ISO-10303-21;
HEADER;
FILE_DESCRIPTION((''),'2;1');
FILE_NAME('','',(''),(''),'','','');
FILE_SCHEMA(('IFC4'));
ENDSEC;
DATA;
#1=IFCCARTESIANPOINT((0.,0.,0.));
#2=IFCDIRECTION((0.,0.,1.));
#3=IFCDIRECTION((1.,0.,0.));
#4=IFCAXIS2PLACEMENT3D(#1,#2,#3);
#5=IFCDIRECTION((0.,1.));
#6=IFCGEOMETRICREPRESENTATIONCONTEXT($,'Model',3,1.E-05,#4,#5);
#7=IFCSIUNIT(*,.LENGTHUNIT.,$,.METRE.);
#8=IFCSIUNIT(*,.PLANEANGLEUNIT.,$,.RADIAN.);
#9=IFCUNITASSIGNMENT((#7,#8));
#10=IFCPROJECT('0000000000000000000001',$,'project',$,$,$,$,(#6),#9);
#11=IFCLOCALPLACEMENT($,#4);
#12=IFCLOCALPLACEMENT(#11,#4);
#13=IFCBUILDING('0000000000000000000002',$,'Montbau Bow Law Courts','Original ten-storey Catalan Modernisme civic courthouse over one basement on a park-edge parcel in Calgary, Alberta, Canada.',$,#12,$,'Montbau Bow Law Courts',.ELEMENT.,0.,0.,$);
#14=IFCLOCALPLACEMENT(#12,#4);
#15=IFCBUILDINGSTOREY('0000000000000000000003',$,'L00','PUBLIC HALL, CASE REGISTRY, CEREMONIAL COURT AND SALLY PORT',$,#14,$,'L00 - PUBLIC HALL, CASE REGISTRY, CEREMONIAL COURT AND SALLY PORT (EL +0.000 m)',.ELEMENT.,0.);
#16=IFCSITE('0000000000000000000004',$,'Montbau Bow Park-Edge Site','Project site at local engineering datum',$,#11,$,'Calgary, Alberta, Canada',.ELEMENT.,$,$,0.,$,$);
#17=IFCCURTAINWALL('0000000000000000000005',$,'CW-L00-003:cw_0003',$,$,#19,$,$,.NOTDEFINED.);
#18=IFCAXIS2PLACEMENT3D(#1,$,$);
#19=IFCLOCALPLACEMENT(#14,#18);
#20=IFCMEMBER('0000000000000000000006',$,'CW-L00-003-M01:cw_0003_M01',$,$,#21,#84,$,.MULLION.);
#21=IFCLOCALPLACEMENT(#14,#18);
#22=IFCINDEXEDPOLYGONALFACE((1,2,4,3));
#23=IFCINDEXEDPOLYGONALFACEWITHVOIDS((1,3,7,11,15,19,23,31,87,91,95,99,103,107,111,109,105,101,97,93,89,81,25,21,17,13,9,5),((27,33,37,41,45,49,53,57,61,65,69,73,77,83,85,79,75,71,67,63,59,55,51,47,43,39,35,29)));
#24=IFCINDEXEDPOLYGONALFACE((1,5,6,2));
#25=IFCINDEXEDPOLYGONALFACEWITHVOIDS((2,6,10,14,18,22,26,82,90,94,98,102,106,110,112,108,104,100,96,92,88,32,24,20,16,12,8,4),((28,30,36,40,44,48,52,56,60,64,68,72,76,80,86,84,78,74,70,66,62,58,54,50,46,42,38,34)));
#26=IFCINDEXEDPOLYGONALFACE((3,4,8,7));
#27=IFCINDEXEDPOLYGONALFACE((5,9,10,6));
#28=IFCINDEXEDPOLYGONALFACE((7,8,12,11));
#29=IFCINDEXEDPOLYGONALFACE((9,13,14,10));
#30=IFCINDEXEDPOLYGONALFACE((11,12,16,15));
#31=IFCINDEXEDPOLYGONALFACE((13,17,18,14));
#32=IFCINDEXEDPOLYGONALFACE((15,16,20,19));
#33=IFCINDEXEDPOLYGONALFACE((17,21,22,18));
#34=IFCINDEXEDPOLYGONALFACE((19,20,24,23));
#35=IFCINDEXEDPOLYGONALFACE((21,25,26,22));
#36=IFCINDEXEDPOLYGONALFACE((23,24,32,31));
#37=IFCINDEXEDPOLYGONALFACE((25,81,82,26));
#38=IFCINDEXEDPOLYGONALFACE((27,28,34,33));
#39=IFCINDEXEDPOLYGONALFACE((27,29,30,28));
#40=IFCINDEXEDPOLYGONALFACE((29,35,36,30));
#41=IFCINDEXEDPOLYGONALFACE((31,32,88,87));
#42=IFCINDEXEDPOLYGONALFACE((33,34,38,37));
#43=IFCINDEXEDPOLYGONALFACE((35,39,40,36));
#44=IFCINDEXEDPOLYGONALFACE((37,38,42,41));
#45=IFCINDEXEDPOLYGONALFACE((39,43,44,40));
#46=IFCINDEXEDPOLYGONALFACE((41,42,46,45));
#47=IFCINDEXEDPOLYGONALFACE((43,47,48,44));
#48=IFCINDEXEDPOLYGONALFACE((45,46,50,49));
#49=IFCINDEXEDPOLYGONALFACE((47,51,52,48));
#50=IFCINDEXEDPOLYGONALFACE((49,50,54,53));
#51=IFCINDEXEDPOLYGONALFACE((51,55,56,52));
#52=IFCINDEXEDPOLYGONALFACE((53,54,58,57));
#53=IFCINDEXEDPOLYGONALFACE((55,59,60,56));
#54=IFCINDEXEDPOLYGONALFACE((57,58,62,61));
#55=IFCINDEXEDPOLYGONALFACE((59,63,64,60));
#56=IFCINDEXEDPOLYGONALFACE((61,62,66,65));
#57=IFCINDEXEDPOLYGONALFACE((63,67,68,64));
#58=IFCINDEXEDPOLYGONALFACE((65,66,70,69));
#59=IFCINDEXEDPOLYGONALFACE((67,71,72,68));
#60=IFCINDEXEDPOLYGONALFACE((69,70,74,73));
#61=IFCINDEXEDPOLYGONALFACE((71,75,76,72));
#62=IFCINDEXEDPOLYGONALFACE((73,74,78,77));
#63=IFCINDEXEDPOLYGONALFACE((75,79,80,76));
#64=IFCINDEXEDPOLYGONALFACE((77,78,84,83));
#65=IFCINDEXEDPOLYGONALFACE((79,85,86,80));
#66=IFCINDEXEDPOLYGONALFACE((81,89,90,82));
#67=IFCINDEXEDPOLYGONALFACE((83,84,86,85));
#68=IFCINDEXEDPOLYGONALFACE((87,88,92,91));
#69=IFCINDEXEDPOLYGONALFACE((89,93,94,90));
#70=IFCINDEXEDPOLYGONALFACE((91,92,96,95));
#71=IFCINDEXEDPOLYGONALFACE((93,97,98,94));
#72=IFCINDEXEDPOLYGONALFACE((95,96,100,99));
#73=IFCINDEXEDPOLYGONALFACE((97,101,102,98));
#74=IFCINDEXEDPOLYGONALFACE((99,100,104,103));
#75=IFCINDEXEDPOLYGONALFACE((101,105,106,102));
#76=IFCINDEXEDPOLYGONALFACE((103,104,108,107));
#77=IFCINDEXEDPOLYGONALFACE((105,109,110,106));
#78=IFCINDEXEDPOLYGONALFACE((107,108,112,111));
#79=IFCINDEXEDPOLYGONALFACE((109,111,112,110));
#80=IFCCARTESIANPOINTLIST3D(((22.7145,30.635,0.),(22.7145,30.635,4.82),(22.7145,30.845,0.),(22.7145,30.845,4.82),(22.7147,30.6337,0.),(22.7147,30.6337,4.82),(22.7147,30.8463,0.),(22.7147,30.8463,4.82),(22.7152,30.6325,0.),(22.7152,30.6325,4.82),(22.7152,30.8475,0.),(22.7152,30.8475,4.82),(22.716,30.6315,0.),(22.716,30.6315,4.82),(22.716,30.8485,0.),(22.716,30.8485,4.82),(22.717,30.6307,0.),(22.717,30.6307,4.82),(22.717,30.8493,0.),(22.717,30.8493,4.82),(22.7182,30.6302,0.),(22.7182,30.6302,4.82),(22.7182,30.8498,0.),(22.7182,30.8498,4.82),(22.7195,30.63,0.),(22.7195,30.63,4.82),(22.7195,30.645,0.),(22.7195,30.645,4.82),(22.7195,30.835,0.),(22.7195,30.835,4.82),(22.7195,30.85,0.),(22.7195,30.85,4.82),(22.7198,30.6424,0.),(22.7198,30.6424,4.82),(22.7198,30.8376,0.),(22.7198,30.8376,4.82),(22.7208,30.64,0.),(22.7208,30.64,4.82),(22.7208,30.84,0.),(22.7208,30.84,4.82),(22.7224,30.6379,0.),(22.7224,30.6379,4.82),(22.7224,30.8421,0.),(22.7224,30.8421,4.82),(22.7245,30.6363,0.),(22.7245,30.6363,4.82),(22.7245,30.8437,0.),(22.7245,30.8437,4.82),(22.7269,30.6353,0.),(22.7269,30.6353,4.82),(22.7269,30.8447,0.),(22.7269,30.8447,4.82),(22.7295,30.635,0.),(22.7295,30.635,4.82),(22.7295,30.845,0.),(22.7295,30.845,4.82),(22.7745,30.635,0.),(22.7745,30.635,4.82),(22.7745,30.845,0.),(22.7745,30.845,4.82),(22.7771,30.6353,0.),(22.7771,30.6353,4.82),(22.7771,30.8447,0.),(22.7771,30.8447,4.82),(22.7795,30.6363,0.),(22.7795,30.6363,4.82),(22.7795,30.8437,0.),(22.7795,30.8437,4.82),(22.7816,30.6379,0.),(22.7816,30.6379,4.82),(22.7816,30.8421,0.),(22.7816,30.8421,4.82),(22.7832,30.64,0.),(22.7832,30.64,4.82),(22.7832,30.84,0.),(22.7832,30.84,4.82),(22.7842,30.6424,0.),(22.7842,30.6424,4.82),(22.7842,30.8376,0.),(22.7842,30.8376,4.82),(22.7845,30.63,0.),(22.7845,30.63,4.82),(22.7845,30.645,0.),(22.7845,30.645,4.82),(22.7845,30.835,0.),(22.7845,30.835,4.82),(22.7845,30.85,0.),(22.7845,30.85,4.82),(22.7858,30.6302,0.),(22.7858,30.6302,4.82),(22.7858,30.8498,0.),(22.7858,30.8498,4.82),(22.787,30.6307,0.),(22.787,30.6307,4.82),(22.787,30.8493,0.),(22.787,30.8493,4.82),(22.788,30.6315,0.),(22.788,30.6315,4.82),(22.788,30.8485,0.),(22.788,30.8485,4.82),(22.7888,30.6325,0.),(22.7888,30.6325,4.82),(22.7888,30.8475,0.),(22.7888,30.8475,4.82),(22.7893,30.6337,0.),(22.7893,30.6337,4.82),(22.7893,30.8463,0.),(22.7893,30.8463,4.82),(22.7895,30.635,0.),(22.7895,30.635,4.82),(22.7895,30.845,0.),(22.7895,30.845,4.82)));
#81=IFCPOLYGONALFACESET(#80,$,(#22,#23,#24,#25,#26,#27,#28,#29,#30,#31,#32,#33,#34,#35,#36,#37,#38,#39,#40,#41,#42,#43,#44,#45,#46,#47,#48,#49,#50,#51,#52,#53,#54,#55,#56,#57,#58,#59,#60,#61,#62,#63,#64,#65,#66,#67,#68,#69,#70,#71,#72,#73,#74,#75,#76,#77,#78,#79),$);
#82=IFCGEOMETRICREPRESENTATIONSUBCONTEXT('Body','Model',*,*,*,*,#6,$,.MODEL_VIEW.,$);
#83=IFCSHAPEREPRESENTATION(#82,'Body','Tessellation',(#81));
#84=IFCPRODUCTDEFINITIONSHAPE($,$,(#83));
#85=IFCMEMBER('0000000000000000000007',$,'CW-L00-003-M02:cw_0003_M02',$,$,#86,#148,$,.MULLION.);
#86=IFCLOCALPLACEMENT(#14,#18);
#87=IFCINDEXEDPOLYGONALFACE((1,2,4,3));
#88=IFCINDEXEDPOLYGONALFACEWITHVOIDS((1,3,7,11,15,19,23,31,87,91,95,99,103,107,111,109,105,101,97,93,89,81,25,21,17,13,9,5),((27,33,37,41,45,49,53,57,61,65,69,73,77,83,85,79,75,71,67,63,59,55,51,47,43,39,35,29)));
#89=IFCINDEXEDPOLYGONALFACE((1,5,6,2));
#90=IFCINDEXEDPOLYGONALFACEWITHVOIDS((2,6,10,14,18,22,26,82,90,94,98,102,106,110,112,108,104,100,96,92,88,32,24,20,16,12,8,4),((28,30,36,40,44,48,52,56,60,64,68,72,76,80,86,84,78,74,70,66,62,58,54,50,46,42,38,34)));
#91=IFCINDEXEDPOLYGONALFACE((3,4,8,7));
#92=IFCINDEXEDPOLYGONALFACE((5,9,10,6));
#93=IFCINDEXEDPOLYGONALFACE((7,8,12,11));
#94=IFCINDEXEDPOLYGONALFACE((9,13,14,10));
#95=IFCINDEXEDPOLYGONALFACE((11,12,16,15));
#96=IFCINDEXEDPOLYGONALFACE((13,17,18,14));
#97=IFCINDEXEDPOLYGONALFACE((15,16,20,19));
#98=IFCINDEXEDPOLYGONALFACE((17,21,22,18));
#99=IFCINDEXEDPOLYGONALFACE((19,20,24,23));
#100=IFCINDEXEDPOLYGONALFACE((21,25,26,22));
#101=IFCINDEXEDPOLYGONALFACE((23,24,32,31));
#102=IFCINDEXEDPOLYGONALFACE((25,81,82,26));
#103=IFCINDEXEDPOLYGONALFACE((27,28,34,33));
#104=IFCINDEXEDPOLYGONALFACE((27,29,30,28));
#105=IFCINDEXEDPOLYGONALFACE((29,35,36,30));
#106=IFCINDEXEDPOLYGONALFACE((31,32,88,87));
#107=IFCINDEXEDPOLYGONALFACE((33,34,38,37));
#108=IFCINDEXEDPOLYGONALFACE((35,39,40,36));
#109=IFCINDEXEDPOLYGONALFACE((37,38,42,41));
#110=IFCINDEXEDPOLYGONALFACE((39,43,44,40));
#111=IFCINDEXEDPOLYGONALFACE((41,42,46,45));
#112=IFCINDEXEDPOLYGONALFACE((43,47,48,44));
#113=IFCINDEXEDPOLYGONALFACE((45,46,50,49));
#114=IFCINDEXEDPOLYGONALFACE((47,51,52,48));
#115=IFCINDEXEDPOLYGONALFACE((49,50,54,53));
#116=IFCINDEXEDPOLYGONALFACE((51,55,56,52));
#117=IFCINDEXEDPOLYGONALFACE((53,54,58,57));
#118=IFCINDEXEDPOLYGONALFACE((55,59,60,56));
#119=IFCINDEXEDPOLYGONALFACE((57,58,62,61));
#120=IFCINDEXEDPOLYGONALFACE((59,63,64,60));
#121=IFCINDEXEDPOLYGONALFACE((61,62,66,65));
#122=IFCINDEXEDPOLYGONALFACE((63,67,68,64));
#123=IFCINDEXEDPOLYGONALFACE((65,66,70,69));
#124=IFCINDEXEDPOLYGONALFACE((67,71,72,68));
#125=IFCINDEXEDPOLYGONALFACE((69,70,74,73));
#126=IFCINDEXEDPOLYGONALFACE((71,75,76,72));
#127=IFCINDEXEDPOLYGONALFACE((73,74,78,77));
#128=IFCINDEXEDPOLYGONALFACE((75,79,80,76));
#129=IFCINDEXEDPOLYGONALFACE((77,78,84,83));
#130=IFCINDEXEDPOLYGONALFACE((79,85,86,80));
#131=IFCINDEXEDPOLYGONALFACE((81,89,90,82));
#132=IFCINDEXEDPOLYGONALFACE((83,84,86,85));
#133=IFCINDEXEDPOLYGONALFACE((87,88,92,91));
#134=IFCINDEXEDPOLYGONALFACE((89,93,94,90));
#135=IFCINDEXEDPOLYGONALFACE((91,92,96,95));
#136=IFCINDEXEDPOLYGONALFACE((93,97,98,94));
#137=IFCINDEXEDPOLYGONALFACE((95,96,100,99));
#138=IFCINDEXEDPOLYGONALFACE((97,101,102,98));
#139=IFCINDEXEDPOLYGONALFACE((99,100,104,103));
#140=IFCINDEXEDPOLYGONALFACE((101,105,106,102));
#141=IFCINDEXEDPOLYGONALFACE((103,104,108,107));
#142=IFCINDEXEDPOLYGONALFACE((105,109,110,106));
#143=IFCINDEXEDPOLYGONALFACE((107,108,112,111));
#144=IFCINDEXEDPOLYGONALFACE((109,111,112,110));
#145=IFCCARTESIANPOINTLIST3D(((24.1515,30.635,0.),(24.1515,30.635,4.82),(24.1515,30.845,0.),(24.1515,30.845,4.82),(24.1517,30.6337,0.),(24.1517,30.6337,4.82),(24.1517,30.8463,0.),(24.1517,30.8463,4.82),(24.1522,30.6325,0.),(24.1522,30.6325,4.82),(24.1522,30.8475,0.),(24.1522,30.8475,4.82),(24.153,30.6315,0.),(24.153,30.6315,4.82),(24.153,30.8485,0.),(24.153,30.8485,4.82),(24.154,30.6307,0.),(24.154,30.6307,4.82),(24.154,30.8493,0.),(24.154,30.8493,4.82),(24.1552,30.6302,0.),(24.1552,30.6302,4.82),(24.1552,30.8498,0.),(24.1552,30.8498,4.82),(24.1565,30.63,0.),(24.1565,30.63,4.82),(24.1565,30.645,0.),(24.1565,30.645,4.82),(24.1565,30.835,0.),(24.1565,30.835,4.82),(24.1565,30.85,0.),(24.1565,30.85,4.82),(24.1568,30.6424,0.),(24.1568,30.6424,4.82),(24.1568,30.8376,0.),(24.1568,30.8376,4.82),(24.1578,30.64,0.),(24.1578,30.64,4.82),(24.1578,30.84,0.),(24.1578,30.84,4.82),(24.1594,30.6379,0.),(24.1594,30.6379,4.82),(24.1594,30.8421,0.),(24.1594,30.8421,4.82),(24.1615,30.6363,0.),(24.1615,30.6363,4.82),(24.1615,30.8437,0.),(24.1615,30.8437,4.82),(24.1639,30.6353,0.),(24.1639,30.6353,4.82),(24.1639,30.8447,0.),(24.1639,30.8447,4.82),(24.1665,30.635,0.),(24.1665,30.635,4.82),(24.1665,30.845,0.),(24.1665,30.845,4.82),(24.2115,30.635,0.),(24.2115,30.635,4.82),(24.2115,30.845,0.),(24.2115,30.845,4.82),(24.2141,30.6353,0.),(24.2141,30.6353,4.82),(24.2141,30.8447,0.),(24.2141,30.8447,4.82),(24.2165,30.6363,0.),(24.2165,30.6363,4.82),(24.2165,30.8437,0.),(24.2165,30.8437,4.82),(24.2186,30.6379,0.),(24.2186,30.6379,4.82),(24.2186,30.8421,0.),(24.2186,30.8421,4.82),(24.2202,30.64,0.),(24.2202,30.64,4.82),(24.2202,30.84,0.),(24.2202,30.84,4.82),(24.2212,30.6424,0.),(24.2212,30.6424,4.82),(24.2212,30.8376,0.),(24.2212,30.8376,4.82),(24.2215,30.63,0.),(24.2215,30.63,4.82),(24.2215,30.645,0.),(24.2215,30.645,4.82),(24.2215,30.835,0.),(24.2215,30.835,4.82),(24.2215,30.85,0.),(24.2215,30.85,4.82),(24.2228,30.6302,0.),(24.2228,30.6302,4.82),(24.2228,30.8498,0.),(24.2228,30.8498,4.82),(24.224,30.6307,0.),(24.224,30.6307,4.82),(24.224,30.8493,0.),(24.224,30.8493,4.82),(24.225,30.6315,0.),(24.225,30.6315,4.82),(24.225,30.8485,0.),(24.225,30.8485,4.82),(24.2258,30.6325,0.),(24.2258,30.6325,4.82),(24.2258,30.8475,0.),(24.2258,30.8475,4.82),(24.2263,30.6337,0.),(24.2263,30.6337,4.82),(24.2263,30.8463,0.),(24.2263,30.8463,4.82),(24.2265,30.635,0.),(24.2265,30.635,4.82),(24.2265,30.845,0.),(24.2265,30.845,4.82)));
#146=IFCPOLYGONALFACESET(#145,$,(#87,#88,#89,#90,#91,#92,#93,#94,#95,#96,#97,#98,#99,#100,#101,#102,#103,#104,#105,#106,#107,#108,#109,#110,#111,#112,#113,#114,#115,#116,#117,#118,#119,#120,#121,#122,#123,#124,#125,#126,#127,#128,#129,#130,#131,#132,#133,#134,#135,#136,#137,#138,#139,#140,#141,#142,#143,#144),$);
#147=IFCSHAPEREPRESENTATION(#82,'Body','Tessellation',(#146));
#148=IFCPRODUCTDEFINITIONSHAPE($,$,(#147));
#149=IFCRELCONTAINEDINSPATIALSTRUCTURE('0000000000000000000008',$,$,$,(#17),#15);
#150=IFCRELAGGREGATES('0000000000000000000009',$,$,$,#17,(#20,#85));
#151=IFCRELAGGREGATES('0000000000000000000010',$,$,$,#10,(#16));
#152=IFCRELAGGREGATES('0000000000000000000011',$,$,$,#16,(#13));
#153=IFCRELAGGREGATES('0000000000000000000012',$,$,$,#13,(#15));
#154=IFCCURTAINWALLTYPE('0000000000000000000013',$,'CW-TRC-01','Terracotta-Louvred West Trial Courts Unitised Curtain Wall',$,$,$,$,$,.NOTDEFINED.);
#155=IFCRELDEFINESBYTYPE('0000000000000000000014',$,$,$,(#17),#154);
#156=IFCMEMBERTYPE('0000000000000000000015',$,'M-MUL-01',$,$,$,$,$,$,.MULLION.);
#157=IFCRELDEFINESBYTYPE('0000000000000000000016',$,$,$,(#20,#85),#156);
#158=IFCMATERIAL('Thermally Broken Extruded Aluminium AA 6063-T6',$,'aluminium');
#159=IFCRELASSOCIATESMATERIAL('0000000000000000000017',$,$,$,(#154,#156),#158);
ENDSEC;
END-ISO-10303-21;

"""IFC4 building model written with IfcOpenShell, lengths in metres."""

from ifc_helpers import new_model, si_unit, direction, frame, origin_with_axes, origin_2d_with_axis, place, context, subcontext, project, spatial, hollow_rectangle, extrude, material, material_profile, profile_set, type_object, element, aggregate, save


model = new_model("IFC4")

# Units and contexts
model_context = context("Model", 3, precision=1e-05, world=origin_with_axes(), true_north=direction((0.0, 1.0)))
body_context = subcontext(model_context, "Body", "Model", "MODEL_VIEW")
ifc_project = project(units=[si_unit("LENGTHUNIT", "METRE"), si_unit("PLANEANGLEUNIT", "RADIAN")], contexts=[model_context])

# Site, building, storey
site_placement = place(None, origin_with_axes())
site = spatial("IfcSite", under=ifc_project, at=site_placement, Name="Montbau Bow Park-Edge Site", Description="Project site at local engineering datum", LongName="Calgary, Alberta, Canada", CompositionType="ELEMENT", RefElevation=0.0)
building_placement = place(site_placement, origin_with_axes())
building = spatial("IfcBuilding", under=site, at=building_placement, Name="Montbau Bow Law Courts", Description="Original ten-storey Catalan Modernisme civic courthouse over one basement on a park-edge parcel in Calgary, Alberta, Canada.", LongName="Montbau Bow Law Courts", CompositionType="ELEMENT", ElevationOfRefHeight=0.0, ElevationOfTerrain=0.0)
storey_placement = place(building_placement, origin_with_axes())
storey = spatial("IfcBuildingStorey", under=building, at=storey_placement, Name="L00", Description="PUBLIC HALL, CASE REGISTRY, CEREMONIAL COURT AND SALLY PORT", LongName="L00 - PUBLIC HALL, CASE REGISTRY, CEREMONIAL COURT AND SALLY PORT (EL +0.000 m)", CompositionType="ELEMENT", Elevation=0.0)

# Curtain wall, members
ifc_material_1 = material(Name="Thermally Broken Extruded Aluminium AA 6063-T6", Category="aluminium")
curtain_wall_type = type_object("IfcCurtainWallType", Name="CW-TRC-01", Description="Terracotta-Louvred West Trial Courts Unitised Curtain Wall", PredefinedType="NOTDEFINED", material=ifc_material_1)
curtain_wall_1_placement = place(None, frame((22.715, 30.74, 0.0), z_axis=(0.0, 0.0, 1.0), x_axis=(1.0, 0.0, 0.0)))
curtain_wall_1 = element("IfcCurtainWall", 1, at=curtain_wall_1_placement, inside=storey, type_object=curtain_wall_type, Name="CW-L00-003:cw_0003", PredefinedType="NOTDEFINED")
ifc_material_profile_1 = material_profile(ifc_material_1, hollow_rectangle(XDim=0.075, YDim=0.22, WallThickness=0.005, InnerFilletRadius=0.01, OuterFilletRadius=0.005, at=origin_2d_with_axis()), Name="CWM-220X75", Category="Main", Priority=0)
ifc_profile_set_1 = profile_set([ifc_material_profile_1], Name="Thermally Broken Extruded Aluminium AA 6063-T6")
member_type_1 = type_object("IfcMemberType", Name="M-MUL-01", PredefinedType="MULLION", material=ifc_profile_set_1)
member_1_placement = place(None, frame((22.752, 30.74, 0.0), z_axis=(0.0, 0.0, 1.0), x_axis=(1.0, 0.0, 0.0)))
member_1 = element("IfcMember", 2, at=member_1_placement, type_object=member_type_1, Name="CW-L00-003-M01:cw_0003_M01", PredefinedType="MULLION", context=body_context, shape_type="SweptSolid", body=[
    extrude(hollow_rectangle(XDim=0.075, YDim=0.22, WallThickness=0.005, InnerFilletRadius=0.01, OuterFilletRadius=0.005, at=origin_2d_with_axis()), origin_with_axes(), (0.0, 0.0, 1.0), 4.82),
])
member_2_placement = place(None, frame((24.189, 30.74, 0.0), z_axis=(0.0, 0.0, 1.0), x_axis=(1.0, 0.0, 0.0)))
member_2 = element("IfcMember", 3, at=member_2_placement, type_object=member_type_1, Name="CW-L00-003-M02:cw_0003_M02", PredefinedType="MULLION", context=body_context, shape_type="SweptSolid", body=[
    extrude(hollow_rectangle(XDim=0.075, YDim=0.22, WallThickness=0.005, InnerFilletRadius=0.01, OuterFilletRadius=0.005, at=origin_2d_with_axis()), origin_with_axes(), (0.0, 0.0, 1.0), 4.82),
])

aggregate(curtain_wall_1, [member_1, member_2])

save(model, "model.ifc")
